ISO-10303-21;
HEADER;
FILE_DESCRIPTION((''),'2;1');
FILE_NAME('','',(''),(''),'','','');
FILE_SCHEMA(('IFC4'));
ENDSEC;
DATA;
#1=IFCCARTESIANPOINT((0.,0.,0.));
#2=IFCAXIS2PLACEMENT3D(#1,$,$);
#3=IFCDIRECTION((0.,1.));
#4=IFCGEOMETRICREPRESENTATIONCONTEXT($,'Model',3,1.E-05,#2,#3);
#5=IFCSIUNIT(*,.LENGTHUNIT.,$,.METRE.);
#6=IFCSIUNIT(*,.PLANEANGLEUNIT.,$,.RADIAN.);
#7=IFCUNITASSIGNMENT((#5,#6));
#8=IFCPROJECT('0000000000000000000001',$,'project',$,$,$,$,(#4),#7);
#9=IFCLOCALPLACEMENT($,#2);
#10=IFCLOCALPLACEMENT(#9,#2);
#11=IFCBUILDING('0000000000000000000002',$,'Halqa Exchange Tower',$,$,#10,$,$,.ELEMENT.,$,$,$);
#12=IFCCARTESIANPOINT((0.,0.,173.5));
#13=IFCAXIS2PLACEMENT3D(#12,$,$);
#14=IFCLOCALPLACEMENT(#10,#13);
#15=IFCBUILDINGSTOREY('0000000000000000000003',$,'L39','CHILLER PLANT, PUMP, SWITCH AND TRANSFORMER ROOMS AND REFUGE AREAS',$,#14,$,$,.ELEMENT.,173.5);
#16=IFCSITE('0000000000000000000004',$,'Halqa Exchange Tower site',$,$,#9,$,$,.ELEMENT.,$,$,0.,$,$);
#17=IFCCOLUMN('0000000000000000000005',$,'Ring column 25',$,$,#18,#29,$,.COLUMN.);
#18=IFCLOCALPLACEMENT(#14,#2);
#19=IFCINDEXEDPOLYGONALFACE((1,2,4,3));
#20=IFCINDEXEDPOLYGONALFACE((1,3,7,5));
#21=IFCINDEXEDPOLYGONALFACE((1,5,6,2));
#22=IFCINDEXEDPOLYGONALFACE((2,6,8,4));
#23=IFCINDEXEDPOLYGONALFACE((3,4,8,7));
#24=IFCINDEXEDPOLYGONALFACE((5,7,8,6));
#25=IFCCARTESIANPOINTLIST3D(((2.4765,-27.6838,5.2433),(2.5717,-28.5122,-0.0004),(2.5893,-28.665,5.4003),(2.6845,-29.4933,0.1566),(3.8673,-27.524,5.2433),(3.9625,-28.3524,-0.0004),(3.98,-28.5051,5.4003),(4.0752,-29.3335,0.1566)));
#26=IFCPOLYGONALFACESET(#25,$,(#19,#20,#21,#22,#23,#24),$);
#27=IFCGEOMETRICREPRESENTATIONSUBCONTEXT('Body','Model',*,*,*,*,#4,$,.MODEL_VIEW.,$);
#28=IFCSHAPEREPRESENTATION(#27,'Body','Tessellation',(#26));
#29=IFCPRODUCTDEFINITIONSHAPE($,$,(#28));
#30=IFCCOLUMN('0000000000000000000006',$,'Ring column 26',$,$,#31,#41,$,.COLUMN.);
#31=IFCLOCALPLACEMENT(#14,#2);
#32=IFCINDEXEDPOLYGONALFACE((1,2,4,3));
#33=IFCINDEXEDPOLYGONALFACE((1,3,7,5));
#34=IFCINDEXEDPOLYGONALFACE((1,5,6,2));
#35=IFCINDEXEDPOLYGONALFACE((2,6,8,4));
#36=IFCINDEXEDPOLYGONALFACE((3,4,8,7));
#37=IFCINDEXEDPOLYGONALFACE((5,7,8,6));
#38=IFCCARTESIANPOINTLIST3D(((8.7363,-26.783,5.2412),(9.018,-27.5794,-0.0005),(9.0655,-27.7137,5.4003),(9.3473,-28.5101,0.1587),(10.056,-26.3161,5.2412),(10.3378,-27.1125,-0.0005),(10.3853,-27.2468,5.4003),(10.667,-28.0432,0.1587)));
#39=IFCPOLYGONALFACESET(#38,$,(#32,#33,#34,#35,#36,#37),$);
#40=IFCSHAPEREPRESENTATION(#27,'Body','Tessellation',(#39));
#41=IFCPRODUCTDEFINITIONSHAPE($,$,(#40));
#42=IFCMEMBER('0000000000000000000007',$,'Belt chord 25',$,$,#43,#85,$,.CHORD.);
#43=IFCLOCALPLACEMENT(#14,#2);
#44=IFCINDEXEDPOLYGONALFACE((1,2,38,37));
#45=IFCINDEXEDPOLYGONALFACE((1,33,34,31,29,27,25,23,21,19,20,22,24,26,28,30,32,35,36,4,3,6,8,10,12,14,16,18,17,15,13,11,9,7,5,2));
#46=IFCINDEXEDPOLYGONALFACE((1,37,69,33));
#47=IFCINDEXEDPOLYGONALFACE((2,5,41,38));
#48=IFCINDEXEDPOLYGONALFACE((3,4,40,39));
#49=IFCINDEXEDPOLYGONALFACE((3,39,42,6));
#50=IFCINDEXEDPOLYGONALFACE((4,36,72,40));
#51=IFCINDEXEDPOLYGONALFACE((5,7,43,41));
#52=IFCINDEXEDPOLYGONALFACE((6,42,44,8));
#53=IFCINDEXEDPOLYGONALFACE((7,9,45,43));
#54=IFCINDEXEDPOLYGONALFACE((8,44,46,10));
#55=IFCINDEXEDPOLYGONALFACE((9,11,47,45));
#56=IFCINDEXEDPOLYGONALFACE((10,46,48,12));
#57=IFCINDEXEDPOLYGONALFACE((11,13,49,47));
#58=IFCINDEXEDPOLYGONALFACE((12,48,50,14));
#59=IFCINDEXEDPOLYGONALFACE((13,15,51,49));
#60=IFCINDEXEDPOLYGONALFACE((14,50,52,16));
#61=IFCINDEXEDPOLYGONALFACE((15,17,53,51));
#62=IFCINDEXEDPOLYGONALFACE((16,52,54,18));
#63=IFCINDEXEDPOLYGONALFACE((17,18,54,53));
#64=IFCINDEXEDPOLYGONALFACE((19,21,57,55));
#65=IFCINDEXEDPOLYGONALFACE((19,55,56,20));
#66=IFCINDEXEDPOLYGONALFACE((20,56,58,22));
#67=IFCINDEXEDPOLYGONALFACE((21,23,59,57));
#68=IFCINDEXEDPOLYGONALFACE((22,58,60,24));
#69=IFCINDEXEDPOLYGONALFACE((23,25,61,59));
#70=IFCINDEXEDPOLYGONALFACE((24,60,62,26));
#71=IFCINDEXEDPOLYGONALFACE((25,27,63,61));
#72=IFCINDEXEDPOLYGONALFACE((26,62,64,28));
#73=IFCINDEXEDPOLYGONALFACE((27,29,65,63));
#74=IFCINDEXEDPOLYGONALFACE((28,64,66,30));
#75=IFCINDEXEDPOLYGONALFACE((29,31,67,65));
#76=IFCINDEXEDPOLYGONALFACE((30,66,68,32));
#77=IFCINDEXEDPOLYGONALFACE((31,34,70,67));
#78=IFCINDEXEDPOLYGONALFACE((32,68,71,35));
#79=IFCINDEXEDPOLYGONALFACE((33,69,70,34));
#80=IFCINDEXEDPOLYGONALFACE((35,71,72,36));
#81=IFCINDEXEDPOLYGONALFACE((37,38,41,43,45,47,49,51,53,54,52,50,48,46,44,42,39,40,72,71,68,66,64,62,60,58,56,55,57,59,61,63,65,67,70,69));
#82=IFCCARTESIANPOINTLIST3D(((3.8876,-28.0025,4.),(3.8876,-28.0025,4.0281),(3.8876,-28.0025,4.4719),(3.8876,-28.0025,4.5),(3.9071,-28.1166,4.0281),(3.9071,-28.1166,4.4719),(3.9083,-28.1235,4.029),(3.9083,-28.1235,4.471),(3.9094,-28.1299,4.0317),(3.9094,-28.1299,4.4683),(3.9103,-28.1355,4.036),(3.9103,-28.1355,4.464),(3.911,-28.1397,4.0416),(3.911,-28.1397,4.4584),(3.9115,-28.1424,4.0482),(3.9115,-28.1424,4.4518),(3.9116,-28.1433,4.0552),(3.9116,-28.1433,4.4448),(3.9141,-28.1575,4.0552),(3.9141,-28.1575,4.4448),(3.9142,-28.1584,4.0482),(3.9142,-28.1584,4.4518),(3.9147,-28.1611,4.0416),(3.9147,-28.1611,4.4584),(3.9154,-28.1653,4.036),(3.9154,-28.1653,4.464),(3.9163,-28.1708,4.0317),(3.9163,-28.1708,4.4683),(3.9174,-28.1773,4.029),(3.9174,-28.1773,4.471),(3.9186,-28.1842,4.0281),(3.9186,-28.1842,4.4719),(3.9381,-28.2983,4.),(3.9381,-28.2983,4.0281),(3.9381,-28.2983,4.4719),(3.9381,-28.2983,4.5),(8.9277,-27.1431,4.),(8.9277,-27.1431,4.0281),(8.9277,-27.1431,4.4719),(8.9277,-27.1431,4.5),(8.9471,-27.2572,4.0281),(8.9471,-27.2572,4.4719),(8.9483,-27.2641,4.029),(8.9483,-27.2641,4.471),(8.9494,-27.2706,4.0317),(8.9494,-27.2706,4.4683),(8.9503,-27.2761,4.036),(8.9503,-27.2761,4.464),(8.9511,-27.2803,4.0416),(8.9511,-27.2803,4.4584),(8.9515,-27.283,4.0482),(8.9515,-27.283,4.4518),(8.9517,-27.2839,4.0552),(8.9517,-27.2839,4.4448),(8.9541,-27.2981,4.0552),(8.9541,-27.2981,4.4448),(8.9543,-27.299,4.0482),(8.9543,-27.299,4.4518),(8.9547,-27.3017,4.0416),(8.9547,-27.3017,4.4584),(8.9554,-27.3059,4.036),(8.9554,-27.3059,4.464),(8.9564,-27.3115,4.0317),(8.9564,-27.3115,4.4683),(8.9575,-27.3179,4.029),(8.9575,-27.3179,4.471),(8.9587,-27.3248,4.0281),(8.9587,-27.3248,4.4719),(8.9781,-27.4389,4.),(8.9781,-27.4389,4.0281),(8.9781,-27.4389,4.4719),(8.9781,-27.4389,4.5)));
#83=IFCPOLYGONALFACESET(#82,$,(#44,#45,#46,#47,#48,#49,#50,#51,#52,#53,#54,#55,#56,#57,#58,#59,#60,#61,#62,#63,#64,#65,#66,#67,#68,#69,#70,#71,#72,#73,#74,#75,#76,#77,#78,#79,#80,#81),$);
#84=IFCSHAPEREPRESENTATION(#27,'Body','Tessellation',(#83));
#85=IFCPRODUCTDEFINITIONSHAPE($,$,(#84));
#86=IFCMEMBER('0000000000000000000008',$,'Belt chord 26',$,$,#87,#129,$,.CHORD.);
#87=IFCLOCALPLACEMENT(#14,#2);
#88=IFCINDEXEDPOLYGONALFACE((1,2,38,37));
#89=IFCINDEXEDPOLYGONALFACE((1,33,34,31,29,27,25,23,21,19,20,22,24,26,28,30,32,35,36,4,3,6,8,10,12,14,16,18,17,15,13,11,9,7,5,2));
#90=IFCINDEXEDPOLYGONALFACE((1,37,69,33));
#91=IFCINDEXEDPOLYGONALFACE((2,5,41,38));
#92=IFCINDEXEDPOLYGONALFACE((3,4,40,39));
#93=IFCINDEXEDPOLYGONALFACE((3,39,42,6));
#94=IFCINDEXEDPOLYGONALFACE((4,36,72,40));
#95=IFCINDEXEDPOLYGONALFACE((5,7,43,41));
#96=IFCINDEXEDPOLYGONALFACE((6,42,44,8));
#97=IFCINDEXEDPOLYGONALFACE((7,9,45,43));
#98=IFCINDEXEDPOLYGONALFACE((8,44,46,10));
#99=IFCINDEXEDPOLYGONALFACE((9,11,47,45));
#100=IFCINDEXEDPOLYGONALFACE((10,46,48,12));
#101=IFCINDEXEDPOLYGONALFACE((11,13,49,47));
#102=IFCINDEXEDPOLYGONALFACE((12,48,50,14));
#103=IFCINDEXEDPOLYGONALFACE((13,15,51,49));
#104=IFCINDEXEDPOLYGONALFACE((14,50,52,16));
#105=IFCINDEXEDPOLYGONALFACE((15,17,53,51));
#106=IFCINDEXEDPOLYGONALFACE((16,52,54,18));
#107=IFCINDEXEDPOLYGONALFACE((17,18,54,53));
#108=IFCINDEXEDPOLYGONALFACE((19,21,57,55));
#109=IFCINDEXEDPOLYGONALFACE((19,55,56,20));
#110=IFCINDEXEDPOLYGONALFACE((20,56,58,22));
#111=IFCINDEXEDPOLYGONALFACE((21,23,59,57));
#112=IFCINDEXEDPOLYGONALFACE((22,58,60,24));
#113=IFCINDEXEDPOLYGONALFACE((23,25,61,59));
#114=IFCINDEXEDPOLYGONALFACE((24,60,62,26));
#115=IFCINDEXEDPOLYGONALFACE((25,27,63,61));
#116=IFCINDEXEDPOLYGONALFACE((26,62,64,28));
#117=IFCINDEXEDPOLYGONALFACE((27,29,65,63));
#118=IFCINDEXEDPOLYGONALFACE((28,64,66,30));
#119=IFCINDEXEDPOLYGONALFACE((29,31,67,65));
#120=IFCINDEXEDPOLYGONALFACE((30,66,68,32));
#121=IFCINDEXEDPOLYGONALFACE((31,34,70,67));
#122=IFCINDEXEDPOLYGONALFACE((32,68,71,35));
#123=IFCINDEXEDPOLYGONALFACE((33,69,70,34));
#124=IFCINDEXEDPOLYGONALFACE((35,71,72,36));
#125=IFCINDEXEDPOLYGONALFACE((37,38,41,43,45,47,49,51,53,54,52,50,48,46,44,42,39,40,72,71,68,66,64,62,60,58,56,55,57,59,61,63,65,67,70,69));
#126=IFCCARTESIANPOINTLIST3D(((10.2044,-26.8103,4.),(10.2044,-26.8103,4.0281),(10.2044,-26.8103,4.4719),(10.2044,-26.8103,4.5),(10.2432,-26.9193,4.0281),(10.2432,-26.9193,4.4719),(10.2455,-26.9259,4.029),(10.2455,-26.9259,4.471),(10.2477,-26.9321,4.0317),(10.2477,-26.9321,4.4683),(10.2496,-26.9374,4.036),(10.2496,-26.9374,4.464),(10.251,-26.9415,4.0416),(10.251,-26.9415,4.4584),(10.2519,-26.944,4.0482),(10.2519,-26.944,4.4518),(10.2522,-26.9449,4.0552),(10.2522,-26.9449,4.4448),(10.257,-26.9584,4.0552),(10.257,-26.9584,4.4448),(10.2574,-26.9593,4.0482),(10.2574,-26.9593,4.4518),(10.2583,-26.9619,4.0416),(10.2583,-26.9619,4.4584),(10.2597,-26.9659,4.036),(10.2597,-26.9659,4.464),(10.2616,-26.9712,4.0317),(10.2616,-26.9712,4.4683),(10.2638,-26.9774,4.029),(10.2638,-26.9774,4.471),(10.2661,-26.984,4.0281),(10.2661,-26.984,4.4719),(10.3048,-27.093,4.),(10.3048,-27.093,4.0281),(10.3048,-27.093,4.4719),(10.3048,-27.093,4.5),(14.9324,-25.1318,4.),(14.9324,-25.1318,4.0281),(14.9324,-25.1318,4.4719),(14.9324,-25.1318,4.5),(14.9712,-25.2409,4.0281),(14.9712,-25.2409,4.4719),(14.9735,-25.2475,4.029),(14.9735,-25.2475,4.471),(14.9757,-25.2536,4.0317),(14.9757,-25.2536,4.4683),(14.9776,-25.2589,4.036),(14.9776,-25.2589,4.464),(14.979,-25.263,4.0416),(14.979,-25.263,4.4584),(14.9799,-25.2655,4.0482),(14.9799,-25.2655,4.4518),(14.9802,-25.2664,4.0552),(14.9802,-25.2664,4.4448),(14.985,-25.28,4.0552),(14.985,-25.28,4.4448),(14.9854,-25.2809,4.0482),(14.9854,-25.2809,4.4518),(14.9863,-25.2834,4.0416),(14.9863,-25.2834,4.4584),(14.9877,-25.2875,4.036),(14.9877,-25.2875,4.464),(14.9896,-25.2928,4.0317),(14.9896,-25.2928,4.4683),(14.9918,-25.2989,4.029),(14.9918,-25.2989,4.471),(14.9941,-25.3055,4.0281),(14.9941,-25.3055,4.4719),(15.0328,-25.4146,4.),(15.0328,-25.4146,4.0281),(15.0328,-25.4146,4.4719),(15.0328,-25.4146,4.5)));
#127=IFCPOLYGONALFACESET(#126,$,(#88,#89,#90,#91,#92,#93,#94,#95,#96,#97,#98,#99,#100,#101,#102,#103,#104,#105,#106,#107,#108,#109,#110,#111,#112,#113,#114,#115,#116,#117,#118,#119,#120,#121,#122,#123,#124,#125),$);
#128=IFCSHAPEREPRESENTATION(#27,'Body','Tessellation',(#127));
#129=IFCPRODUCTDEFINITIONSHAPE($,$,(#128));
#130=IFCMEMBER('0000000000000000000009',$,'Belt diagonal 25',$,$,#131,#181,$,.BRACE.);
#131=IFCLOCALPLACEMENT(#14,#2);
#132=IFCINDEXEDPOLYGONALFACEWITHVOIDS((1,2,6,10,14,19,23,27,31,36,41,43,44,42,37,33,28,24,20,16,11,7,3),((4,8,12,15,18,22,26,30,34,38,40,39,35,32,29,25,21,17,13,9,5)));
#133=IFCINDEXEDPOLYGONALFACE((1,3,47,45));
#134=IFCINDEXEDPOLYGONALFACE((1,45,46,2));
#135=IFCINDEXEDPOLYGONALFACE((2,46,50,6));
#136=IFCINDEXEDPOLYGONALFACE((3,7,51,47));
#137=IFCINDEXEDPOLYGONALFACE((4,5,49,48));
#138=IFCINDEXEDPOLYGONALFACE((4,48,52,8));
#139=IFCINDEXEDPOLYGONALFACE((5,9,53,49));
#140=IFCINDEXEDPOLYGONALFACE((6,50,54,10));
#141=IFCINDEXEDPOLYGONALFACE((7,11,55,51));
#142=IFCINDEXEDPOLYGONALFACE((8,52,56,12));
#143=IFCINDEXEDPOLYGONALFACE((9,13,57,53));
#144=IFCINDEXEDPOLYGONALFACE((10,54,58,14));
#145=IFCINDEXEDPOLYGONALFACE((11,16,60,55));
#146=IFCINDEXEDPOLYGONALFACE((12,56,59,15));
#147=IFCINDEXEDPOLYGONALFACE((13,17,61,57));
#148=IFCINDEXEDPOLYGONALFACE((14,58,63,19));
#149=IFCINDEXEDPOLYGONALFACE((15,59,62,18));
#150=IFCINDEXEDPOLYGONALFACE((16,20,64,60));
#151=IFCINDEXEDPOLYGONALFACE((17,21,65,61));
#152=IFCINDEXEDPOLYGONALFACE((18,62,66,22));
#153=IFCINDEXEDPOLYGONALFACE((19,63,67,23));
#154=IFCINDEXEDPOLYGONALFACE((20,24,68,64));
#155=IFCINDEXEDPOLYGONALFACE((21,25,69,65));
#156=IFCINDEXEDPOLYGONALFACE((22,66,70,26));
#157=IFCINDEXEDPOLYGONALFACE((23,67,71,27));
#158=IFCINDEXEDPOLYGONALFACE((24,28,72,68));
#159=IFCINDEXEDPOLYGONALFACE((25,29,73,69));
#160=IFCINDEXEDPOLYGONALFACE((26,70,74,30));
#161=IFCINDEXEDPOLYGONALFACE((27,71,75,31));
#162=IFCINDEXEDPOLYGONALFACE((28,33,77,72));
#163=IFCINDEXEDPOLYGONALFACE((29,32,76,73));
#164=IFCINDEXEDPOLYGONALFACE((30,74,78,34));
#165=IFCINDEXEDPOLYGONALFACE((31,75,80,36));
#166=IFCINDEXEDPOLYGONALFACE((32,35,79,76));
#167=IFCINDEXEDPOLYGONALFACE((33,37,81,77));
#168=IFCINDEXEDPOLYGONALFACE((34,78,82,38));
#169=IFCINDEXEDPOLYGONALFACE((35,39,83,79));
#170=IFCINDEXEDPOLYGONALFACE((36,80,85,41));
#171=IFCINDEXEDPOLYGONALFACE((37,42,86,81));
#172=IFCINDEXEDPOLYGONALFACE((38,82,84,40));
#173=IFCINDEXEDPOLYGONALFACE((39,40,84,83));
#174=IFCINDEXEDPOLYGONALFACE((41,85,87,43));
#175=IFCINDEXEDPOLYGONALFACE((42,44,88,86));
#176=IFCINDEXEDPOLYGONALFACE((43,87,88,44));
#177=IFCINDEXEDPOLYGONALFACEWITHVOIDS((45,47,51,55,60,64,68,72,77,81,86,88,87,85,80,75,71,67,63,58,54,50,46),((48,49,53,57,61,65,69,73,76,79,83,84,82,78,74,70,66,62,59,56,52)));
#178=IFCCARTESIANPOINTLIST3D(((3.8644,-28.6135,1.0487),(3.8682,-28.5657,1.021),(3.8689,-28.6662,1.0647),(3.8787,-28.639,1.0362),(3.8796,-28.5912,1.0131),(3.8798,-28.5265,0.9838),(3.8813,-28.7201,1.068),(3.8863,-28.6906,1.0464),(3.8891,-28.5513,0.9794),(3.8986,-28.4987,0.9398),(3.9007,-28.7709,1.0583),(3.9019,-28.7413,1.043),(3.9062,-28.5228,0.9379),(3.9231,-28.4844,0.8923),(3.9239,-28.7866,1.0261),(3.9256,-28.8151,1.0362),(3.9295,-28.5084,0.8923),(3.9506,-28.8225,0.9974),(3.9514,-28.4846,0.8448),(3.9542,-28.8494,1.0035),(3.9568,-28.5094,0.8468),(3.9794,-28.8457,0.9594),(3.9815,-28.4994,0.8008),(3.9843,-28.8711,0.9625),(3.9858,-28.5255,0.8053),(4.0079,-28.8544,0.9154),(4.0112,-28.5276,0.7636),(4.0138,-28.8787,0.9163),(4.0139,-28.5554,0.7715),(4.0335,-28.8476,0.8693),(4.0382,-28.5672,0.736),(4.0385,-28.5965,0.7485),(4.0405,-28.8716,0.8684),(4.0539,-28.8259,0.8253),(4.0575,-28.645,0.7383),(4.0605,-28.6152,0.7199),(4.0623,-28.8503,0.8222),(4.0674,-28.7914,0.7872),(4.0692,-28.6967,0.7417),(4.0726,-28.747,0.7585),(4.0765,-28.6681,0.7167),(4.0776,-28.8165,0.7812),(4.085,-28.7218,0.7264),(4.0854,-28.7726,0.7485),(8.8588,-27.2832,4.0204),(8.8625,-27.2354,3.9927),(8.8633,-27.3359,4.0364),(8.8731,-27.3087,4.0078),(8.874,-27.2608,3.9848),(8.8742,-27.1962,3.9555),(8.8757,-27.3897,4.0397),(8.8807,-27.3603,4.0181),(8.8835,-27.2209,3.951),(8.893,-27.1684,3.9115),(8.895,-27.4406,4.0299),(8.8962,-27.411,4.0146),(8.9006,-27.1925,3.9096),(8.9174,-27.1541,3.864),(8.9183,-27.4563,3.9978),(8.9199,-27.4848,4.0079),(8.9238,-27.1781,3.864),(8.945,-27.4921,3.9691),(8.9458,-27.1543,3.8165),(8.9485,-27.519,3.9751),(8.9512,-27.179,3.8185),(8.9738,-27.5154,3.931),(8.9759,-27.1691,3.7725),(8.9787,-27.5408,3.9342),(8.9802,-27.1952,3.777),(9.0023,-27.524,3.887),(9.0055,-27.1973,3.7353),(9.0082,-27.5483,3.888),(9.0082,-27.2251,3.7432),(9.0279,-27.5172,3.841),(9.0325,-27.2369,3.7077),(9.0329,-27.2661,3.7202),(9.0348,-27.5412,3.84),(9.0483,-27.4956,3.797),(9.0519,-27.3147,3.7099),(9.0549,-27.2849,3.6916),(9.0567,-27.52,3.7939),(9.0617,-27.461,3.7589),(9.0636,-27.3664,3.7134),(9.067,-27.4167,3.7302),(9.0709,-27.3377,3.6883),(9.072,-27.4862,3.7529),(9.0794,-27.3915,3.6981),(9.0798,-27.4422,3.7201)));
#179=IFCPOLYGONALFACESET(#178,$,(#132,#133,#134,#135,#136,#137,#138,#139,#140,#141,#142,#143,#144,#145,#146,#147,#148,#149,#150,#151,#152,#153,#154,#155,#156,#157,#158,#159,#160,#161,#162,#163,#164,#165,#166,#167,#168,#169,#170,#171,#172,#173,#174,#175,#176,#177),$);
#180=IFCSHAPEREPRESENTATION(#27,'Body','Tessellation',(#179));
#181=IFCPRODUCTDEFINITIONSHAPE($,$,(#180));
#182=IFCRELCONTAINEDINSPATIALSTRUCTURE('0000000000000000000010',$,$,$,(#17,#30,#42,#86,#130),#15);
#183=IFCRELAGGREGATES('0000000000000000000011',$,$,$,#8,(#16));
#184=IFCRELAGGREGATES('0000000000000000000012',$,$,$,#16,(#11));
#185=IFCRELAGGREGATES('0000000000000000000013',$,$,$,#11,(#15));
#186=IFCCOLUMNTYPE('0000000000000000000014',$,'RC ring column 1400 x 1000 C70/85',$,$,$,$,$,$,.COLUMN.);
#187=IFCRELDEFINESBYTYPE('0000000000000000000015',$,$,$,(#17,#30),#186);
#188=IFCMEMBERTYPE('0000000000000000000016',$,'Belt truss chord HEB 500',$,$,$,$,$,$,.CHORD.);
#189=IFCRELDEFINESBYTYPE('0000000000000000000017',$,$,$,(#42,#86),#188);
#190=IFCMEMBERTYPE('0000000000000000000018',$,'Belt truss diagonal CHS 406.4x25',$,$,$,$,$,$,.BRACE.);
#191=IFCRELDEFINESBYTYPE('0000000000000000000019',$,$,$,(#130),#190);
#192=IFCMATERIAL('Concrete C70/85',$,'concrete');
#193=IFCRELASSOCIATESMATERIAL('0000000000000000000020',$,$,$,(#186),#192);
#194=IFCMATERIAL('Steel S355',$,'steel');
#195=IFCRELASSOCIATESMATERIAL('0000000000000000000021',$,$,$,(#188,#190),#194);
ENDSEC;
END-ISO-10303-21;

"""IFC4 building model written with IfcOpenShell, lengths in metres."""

from ifc_helpers import new_model, si_unit, direction, frame, origin, origin_2d, place, context, subcontext, project, spatial, rectangle, hollow_circle, i_section, extrude, material, material_profile, profile_set, type_object, element, save


model = new_model("IFC4")

# Units and contexts
model_context = context("Model", 3, precision=1e-05, world=origin(), true_north=direction((0.0, 1.0)))
body_context = subcontext(model_context, "Body", "Model", "MODEL_VIEW")
ifc_project = project(units=[si_unit("LENGTHUNIT", "METRE"), si_unit("PLANEANGLEUNIT", "RADIAN")], contexts=[model_context])

# Site, building, storey
site_placement = place(None, origin())
site = spatial("IfcSite", under=ifc_project, at=site_placement, Name="Halqa Exchange Tower site", CompositionType="ELEMENT", RefElevation=0.0)
building_placement = place(site_placement, origin())
building = spatial("IfcBuilding", under=site, at=building_placement, Name="Halqa Exchange Tower", CompositionType="ELEMENT")
storey_placement = place(building_placement, frame((0.0, 0.0, 173.5)))
storey = spatial("IfcBuildingStorey", under=building, at=storey_placement, Name="L39", Description="CHILLER PLANT, PUMP, SWITCH AND TRANSFORMER ROOMS AND REFUGE AREAS", CompositionType="ELEMENT", Elevation=173.5)

# Columns
ifc_material_1 = material(Name="Concrete C70/85", Category="concrete")
ifc_material_profile_1 = material_profile(ifc_material_1, rectangle(XDim=1.3999, YDim=1.0, at=origin_2d()), Name="1400 x 1000")
ifc_profile_set_1 = profile_set([ifc_material_profile_1], Name="Concrete C70/85")
column_type = type_object("IfcColumnType", Name="RC ring column 1400 x 1000 C70/85", PredefinedType="COLUMN", material=ifc_profile_set_1)
column_1_placement = place(storey_placement, frame((3.3235, -28.9229, 0.0781), z_axis=(-0.017933, 0.156015, 0.987592), x_axis=(-0.993459, -0.114191, 0.0)))
element("IfcColumn", 1, at=column_1_placement, inside=storey, type_object=column_type, Name="Ring column 25", PredefinedType="COLUMN", context=body_context, shape_type="SweptSolid", body=[
    extrude(rectangle(XDim=1.3999, YDim=1.0, at=origin_2d()), origin(), (0.0, 0.0, 1.0), 5.3096),
])
column_2_placement = place(storey_placement, frame((9.8425, -27.8113, 0.0791), z_axis=(-0.053065, 0.149998, 0.987261), x_axis=(-0.942745, -0.333515, 0.0)))
element("IfcColumn", 2, at=column_2_placement, inside=storey, type_object=column_type, Name="Ring column 26", PredefinedType="COLUMN", context=body_context, shape_type="SweptSolid", body=[
    extrude(rectangle(XDim=1.3999, YDim=1.0, at=origin_2d()), origin(), (0.0, 0.0, 1.0), 5.3093),
])

# Members
ifc_material_2 = material(Name="Steel S355", Category="steel")
ifc_material_profile_2 = material_profile(ifc_material_2, i_section(OverallWidth=0.3, OverallDepth=0.5, WebThickness=0.0144, FlangeThickness=0.0281, FilletRadius=0.0271, at=origin_2d()), Name="HEB 500")
ifc_profile_set_2 = profile_set([ifc_material_profile_2], Name="Steel S355")
member_type_1 = type_object("IfcMemberType", Name="Belt truss chord HEB 500", PredefinedType="CHORD", material=ifc_profile_set_2)
member_1_placement = place(storey_placement, frame((3.9128, -28.1504, 4.25), z_axis=(0.985773, 0.168084, 0.0), x_axis=(-0.168084, 0.985773, 0.0)))
element("IfcMember", 3, at=member_1_placement, inside=storey, type_object=member_type_1, Name="Belt chord 25", PredefinedType="CHORD", context=body_context, shape_type="SweptSolid", body=[
    extrude(i_section(OverallWidth=0.3, OverallDepth=0.5, WebThickness=0.0144, FlangeThickness=0.0281, FilletRadius=0.0271, at=origin_2d()), origin(), (0.0, 0.0, 1.0), 5.1128),
])
member_2_placement = place(storey_placement, frame((10.2546, -26.9517, 4.25), z_axis=(0.942379, 0.334548, 0.0), x_axis=(-0.334548, 0.942379, 0.0)))
element("IfcMember", 4, at=member_2_placement, inside=storey, type_object=member_type_1, Name="Belt chord 26", PredefinedType="CHORD", context=body_context, shape_type="SweptSolid", body=[
    extrude(i_section(OverallWidth=0.3, OverallDepth=0.5, WebThickness=0.0144, FlangeThickness=0.0281, FilletRadius=0.0271, at=origin_2d()), origin(), (0.0, 0.0, 1.0), 5.0171),
])
ifc_material_profile_3 = material_profile(ifc_material_2, hollow_circle(Radius=0.2031, WallThickness=0.0249, at=origin_2d()), Name="CHS 406.4x25")
ifc_profile_set_3 = profile_set([ifc_material_profile_3], Name="Steel S355")
member_type_2 = type_object("IfcMemberType", Name="Belt truss diagonal CHS 406.4x25", PredefinedType="BRACE", material=ifc_profile_set_3)
member_3_placement = place(storey_placement, frame((3.9753, -28.6807, 0.8923), z_axis=(0.837714, 0.223136, 0.498443), x_axis=(-0.257389, 0.966308, 0.0)))
element("IfcMember", 5, at=member_3_placement, inside=storey, type_object=member_type_2, Name="Belt diagonal 25", PredefinedType="BRACE", context=body_context, shape_type="SweptSolid", body=[
    extrude(hollow_circle(Radius=0.2031, WallThickness=0.0249, at=origin_2d()), origin(), (0.0, 0.0, 1.0), 5.9619),
])

save(model, "model.ifc")
